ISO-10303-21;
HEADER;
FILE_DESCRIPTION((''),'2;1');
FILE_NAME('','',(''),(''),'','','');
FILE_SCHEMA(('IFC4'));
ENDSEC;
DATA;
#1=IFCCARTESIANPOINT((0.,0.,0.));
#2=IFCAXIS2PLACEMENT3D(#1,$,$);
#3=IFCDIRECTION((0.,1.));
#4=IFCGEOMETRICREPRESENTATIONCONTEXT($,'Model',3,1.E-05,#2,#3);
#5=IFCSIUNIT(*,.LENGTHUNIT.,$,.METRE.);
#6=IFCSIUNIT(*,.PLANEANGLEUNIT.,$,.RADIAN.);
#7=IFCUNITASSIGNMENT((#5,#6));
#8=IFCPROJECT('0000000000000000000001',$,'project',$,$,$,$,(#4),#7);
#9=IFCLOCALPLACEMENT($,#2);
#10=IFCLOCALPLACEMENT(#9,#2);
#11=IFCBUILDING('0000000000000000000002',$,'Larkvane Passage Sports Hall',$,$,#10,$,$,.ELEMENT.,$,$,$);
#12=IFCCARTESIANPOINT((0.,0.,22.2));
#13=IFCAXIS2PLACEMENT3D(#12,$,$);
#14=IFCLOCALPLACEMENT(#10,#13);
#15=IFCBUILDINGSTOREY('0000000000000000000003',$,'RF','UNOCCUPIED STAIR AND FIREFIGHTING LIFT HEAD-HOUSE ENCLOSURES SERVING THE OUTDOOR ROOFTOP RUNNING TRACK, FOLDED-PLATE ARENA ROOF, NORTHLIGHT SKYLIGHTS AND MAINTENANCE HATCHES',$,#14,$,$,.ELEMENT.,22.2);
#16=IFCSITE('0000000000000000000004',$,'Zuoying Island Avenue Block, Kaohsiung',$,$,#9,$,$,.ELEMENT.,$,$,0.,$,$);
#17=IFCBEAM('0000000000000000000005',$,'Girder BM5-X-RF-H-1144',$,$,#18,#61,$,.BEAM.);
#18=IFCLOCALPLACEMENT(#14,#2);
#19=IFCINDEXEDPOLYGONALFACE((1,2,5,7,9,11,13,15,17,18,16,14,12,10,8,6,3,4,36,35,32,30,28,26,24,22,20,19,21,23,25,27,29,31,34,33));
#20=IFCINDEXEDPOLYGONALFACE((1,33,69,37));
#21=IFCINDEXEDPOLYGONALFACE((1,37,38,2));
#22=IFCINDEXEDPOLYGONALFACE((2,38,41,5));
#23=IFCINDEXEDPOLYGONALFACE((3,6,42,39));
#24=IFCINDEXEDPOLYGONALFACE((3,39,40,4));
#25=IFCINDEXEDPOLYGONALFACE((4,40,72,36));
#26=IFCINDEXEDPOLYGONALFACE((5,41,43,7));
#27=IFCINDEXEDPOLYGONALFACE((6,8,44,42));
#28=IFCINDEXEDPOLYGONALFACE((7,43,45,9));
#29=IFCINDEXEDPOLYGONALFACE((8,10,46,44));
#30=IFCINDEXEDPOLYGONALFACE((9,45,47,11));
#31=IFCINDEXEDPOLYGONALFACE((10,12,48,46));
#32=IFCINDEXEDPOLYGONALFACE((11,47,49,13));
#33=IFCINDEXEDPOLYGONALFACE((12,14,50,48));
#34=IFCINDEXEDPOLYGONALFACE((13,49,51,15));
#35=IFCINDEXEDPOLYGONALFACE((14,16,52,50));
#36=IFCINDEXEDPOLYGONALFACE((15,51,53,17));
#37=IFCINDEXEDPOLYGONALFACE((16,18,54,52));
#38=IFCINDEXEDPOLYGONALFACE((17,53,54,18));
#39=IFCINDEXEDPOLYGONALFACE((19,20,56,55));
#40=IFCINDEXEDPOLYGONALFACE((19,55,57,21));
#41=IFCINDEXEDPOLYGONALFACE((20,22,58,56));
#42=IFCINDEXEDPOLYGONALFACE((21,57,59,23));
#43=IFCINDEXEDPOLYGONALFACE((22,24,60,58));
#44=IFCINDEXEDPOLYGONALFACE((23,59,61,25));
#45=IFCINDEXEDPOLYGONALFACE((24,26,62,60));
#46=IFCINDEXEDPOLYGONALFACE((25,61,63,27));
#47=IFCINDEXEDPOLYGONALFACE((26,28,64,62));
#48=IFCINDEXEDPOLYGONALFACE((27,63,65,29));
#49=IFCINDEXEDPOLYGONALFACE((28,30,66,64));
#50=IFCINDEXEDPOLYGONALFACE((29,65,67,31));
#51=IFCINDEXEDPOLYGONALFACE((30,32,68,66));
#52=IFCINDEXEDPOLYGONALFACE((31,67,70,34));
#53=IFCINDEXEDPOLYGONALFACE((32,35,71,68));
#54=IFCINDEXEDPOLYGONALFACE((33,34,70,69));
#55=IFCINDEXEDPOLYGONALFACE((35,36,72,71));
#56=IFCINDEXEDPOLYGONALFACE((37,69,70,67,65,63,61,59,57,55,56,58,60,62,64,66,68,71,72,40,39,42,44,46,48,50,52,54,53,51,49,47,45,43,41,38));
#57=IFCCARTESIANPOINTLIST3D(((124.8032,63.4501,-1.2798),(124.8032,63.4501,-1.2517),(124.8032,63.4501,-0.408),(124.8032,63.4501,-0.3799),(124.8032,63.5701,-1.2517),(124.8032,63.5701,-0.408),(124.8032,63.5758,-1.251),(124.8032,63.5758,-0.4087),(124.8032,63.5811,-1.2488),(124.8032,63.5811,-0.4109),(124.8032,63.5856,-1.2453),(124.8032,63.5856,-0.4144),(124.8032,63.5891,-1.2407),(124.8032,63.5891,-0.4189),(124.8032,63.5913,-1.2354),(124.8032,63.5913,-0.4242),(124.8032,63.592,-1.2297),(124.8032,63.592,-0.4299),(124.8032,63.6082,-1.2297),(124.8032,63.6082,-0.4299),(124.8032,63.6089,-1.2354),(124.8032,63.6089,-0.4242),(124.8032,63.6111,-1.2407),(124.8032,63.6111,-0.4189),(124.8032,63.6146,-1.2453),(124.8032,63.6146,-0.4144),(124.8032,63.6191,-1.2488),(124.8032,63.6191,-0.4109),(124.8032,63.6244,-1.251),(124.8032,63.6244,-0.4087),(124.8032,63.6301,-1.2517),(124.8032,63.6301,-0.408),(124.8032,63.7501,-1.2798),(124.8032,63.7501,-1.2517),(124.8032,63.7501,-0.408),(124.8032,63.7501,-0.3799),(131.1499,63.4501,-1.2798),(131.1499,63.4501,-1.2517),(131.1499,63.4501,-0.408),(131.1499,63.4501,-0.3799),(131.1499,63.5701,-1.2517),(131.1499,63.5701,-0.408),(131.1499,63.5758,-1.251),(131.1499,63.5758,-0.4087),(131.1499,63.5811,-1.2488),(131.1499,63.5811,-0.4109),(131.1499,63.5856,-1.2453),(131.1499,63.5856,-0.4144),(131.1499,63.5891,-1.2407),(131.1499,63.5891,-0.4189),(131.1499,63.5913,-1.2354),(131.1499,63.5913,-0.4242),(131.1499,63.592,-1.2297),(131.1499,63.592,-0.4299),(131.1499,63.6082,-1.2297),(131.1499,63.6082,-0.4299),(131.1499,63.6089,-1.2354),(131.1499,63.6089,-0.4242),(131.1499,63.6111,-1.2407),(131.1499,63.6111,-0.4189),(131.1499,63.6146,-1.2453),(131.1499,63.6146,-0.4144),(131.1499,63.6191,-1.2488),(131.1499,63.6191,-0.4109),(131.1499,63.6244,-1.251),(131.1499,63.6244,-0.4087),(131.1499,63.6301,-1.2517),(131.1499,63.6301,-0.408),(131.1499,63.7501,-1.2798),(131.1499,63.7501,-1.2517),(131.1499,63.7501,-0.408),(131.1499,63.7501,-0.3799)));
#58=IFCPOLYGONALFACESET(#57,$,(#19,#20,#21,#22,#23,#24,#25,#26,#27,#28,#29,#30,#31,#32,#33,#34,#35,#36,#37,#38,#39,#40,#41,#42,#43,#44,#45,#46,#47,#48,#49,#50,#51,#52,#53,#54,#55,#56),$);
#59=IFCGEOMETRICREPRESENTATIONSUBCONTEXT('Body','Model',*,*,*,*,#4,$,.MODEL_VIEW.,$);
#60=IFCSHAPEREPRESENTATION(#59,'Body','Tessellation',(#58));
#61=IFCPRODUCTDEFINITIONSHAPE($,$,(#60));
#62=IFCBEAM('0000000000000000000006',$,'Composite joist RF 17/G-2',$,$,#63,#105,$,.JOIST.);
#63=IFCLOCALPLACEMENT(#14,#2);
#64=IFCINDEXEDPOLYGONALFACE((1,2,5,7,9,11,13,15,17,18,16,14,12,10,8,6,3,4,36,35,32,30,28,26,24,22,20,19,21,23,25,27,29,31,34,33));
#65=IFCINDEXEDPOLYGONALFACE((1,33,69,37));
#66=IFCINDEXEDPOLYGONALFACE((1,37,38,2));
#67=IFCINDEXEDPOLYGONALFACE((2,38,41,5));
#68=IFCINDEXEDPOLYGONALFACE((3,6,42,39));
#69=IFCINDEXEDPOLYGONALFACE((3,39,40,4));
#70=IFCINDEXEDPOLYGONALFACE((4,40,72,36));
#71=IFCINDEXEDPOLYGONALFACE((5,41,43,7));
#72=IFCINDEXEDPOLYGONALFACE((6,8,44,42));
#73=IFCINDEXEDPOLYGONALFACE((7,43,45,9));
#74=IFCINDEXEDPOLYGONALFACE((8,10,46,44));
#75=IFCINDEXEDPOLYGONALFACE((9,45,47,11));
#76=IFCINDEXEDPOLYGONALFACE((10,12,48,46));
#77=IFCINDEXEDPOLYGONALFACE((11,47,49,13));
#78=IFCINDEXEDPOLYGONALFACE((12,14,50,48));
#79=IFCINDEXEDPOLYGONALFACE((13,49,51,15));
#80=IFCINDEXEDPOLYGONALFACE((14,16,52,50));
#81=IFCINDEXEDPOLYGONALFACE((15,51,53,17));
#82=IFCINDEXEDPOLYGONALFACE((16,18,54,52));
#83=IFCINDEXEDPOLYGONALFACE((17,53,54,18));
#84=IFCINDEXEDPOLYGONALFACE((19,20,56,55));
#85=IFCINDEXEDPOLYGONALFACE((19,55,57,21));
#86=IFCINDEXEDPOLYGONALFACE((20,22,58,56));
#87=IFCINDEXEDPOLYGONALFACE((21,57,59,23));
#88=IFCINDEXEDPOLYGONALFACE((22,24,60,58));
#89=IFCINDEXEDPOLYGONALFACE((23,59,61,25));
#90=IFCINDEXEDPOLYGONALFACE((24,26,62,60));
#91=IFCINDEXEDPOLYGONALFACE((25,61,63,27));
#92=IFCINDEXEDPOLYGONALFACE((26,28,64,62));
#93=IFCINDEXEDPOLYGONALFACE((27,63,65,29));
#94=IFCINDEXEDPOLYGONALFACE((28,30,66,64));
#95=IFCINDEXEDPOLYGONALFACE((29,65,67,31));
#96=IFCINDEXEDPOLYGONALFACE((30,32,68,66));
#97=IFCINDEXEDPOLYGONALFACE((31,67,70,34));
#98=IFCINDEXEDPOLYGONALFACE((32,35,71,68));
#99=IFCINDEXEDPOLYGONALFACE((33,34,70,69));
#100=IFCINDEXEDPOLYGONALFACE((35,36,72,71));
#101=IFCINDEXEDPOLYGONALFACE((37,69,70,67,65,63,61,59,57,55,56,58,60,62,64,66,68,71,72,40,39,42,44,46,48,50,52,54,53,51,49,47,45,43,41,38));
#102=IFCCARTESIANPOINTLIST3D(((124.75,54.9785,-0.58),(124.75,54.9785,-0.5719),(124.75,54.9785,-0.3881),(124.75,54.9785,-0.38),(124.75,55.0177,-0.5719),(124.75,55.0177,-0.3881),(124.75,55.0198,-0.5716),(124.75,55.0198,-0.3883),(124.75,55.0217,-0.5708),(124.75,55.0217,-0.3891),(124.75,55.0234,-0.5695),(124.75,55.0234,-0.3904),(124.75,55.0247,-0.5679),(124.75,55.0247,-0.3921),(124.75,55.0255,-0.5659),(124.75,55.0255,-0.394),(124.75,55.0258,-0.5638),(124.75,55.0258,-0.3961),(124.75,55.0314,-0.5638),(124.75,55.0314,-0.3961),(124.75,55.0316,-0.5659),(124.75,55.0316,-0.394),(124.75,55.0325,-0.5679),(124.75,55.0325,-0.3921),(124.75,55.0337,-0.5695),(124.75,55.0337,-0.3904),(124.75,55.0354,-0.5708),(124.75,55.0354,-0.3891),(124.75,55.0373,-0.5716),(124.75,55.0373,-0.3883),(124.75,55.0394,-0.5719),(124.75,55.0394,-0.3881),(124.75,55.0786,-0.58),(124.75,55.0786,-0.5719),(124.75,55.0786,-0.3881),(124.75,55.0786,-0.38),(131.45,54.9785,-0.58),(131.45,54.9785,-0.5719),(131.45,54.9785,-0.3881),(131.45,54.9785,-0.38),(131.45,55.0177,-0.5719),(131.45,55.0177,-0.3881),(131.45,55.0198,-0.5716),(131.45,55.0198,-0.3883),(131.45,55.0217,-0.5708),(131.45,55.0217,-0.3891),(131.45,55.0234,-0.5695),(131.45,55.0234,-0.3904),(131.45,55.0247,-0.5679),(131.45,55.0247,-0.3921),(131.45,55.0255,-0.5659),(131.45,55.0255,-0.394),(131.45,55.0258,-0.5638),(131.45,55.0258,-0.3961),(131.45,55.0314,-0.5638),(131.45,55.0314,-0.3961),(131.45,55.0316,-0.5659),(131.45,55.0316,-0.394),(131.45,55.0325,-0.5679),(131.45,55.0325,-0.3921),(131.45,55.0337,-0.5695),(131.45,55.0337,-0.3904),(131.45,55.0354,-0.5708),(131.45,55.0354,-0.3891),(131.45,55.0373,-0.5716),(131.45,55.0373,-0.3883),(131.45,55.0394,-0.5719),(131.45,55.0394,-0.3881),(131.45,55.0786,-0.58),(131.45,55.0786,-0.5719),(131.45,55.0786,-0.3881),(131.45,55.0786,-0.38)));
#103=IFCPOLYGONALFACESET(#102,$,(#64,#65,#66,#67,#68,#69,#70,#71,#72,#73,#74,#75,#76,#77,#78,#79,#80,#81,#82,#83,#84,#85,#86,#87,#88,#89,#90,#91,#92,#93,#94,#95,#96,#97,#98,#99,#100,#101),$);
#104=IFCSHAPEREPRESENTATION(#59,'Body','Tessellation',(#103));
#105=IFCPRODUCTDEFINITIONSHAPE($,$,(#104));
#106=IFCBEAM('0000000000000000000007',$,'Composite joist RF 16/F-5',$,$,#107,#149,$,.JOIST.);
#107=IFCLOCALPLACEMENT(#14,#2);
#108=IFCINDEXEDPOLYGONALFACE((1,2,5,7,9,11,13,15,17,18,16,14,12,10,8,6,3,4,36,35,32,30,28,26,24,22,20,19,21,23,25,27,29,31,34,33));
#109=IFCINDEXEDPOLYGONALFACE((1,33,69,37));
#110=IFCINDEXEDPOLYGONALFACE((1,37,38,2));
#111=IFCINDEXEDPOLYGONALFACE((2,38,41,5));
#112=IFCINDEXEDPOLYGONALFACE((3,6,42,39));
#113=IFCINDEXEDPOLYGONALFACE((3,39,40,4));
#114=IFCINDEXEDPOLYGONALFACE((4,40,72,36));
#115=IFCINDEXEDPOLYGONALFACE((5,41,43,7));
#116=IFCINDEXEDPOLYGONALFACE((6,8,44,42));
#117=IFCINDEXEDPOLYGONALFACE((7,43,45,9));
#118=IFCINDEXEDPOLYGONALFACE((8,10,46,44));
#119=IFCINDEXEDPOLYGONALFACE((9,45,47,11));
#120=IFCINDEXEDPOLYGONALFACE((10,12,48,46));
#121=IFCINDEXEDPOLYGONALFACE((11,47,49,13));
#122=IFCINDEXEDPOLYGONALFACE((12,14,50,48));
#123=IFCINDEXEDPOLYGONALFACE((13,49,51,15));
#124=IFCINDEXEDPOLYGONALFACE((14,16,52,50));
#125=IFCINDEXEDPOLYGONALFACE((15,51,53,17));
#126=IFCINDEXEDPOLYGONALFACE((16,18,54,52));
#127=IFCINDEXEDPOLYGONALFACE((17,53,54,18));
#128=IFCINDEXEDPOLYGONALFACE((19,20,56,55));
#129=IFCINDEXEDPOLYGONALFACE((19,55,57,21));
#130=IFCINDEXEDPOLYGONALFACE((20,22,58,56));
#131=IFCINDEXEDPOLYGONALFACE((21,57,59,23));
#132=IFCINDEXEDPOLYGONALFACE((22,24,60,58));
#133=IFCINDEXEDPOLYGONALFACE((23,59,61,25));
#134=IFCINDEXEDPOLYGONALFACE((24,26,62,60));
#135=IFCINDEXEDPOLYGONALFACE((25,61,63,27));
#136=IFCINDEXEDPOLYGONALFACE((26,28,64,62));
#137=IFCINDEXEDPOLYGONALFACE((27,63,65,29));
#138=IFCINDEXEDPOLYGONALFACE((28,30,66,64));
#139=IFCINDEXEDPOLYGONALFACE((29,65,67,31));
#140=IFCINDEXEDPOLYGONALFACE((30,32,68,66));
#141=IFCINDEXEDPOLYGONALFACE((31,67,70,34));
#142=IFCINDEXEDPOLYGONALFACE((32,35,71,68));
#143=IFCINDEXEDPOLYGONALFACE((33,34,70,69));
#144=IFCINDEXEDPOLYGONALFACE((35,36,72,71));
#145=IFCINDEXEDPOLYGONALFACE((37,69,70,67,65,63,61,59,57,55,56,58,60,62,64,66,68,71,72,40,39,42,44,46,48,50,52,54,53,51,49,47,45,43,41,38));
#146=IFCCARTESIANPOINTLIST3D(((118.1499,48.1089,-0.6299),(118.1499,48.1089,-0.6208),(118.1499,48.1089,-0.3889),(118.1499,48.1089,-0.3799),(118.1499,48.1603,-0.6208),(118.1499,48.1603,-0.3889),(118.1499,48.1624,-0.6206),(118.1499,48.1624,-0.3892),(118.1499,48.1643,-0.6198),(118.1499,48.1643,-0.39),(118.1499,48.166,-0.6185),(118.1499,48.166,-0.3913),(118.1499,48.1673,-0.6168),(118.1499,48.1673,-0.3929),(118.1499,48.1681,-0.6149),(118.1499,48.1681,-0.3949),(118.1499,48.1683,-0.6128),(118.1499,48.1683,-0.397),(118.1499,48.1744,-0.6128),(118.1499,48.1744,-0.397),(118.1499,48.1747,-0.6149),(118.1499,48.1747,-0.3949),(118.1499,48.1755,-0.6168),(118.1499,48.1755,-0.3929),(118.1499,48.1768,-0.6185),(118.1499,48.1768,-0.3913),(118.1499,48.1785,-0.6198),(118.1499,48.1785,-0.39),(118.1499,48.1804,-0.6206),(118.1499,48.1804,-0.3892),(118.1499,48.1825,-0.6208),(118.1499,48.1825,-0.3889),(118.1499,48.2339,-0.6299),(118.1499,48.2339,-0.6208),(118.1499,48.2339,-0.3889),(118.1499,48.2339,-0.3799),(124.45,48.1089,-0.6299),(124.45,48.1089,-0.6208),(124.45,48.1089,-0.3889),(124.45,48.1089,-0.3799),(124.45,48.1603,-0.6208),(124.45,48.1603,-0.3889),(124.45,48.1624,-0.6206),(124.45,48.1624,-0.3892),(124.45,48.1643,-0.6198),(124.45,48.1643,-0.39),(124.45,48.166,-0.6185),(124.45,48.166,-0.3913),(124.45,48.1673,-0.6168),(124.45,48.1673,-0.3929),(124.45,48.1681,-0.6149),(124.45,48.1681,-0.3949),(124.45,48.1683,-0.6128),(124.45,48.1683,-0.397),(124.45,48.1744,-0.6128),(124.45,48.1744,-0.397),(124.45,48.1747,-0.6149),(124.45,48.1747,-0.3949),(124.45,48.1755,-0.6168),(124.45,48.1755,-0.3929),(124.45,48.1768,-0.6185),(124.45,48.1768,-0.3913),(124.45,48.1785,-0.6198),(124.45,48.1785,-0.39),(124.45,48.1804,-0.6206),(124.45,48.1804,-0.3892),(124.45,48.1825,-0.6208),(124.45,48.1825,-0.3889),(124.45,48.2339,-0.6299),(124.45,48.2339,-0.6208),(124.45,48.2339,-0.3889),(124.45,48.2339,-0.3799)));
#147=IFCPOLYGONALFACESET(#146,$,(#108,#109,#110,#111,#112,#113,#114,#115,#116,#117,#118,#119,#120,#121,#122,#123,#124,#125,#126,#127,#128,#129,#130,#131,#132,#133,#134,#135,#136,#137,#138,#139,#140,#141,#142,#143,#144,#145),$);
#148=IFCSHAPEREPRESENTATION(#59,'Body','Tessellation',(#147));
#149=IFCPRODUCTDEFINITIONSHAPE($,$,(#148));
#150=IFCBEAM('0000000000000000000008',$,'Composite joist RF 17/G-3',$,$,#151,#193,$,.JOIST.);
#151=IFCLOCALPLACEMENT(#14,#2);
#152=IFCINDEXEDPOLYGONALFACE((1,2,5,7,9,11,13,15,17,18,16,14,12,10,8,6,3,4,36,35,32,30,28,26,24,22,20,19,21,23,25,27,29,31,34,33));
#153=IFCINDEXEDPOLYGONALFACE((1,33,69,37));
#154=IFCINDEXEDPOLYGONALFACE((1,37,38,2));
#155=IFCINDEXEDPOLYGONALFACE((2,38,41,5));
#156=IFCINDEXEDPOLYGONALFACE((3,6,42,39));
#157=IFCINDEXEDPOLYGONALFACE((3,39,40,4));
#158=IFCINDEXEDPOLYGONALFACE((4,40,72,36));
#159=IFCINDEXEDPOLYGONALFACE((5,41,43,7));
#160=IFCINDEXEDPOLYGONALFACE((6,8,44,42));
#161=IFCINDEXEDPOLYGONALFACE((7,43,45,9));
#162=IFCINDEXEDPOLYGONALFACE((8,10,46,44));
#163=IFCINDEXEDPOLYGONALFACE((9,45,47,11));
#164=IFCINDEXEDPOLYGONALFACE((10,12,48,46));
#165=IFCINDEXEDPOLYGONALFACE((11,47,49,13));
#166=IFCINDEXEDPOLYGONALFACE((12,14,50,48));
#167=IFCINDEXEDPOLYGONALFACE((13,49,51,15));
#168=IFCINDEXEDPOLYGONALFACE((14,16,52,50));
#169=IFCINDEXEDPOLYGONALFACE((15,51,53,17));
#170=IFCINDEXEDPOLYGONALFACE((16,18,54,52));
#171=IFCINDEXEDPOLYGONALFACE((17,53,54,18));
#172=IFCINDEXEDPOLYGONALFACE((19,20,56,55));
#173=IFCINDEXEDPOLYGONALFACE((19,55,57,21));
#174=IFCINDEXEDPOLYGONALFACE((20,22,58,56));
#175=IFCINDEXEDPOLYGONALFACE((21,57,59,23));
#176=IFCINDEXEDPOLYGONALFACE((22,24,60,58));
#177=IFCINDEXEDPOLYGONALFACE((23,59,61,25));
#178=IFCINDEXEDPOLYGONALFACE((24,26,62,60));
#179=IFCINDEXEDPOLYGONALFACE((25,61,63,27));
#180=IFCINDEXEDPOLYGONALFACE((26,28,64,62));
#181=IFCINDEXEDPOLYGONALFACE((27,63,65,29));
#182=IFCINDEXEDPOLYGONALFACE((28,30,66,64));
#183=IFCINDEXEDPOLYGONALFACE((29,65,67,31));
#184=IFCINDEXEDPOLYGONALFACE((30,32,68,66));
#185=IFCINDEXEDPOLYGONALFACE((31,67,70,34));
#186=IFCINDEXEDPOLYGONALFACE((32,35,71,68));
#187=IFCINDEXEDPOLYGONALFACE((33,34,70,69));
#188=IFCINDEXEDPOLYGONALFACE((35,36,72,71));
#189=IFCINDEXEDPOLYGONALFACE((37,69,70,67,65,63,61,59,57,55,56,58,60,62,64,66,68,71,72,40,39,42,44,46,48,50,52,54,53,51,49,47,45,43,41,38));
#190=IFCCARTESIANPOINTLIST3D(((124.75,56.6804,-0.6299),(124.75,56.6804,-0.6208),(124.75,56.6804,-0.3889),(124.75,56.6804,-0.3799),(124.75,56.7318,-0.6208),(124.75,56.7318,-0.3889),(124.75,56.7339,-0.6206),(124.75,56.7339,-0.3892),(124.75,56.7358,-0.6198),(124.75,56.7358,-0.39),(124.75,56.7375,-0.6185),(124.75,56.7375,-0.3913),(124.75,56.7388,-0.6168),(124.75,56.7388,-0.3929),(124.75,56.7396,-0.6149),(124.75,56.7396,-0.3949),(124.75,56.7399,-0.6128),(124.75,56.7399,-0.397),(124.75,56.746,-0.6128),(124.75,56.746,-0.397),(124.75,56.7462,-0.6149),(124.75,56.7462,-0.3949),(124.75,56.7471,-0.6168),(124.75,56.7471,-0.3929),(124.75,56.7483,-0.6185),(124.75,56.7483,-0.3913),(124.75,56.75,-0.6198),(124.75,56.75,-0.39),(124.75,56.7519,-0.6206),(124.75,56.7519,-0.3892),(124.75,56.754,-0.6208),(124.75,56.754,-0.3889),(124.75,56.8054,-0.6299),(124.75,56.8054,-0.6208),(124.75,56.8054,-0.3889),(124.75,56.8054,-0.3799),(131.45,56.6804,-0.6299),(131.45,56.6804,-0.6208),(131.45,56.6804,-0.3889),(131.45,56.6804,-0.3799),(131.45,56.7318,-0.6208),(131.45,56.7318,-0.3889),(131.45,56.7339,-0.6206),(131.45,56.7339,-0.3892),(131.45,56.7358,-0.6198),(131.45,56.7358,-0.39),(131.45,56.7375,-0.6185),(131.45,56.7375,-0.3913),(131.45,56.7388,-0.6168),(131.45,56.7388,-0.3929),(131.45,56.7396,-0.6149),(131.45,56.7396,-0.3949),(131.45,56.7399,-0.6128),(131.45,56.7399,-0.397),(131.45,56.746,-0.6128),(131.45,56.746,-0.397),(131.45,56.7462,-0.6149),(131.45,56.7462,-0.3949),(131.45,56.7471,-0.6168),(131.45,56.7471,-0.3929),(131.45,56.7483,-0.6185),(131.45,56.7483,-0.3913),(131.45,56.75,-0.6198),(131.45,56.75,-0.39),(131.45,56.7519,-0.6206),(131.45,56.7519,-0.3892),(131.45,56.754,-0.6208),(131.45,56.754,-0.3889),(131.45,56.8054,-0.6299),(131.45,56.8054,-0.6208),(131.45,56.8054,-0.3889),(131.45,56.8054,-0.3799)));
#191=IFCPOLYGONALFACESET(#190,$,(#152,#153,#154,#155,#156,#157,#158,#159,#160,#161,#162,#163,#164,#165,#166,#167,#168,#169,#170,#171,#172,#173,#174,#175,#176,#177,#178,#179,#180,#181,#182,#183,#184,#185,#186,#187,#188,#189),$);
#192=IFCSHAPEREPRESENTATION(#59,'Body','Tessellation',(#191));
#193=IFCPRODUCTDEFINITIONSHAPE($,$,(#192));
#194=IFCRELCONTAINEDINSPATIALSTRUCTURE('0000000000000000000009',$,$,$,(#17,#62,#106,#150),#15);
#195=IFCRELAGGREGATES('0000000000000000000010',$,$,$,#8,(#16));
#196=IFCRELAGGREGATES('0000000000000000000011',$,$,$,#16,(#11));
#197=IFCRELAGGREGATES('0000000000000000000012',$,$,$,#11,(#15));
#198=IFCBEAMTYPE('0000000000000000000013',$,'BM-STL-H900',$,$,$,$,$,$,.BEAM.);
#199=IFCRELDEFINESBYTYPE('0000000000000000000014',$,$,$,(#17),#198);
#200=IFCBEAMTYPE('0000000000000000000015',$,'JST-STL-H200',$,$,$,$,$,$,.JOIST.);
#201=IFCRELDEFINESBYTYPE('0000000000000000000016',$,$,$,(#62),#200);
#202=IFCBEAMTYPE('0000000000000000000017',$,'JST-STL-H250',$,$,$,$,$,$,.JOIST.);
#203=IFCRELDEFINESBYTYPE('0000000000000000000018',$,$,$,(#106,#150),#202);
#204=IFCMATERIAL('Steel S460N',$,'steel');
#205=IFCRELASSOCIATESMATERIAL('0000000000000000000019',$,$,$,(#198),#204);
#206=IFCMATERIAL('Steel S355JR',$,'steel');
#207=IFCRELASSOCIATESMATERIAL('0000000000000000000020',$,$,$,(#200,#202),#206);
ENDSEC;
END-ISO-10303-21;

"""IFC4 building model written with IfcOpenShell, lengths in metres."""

from ifc_helpers import new_model, si_unit, direction, frame, origin, origin_2d, place, context, subcontext, project, spatial, i_section, extrude, material, material_profile, profile_set, type_object, element, save


model = new_model("IFC4")

# Units and contexts
model_context = context("Model", 3, precision=1e-05, world=origin(), true_north=direction((0.0, 1.0)))
body_context = subcontext(model_context, "Body", "Model", "MODEL_VIEW")
ifc_project = project(units=[si_unit("LENGTHUNIT", "METRE"), si_unit("PLANEANGLEUNIT", "RADIAN")], contexts=[model_context])

# Site, building, storey
site_placement = place(None, origin())
site = spatial("IfcSite", under=ifc_project, at=site_placement, Name="Zuoying Island Avenue Block, Kaohsiung", CompositionType="ELEMENT", RefElevation=0.0)
building_placement = place(site_placement, origin())
building = spatial("IfcBuilding", under=site, at=building_placement, Name="Larkvane Passage Sports Hall", CompositionType="ELEMENT")
storey_placement = place(building_placement, frame((0.0, 0.0, 22.2)))
storey = spatial("IfcBuildingStorey", under=building, at=storey_placement, Name="RF", Description="UNOCCUPIED STAIR AND FIREFIGHTING LIFT HEAD-HOUSE ENCLOSURES SERVING THE OUTDOOR ROOFTOP RUNNING TRACK, FOLDED-PLATE ARENA ROOF, NORTHLIGHT SKYLIGHTS AND MAINTENANCE HATCHES", CompositionType="ELEMENT", Elevation=22.2)

# Beams
ifc_material_1 = material(Name="Steel S355JR", Category="steel")
ifc_material_2 = material(Name="Steel S460N", Category="steel")
ifc_material_profile_1 = material_profile(ifc_material_2, i_section(OverallWidth=0.3, OverallDepth=0.8999, WebThickness=0.0161, FlangeThickness=0.0281, FilletRadius=0.022, at=origin_2d()), Name="H-900x300x16x28")
ifc_profile_set_1 = profile_set([ifc_material_profile_1], Name="Steel S460N")
beam_type_1 = type_object("IfcBeamType", Name="BM-STL-H900", PredefinedType="BEAM", material=ifc_profile_set_1)
beam_1_placement = place(storey_placement, frame((124.8032, 63.6001, -0.8298), z_axis=(1.0, 0.0, 0.0), x_axis=(0.0, 1.0, 0.0)))
element("IfcBeam", 1, at=beam_1_placement, inside=storey, type_object=beam_type_1, Name="Girder BM5-X-RF-H-1144", PredefinedType="BEAM", context=body_context, shape_type="SweptSolid", body=[
    extrude(i_section(OverallWidth=0.3, OverallDepth=0.8999, WebThickness=0.0161, FlangeThickness=0.0281, FilletRadius=0.022, at=origin_2d()), origin(), (0.0, 0.0, 1.0), 6.3467),
])
ifc_material_profile_2 = material_profile(ifc_material_1, i_section(OverallWidth=0.1001, OverallDepth=0.2, WebThickness=0.0056, FlangeThickness=0.0081, FilletRadius=0.0081, at=origin_2d()), Name="H-200x100x5.5x8")
ifc_profile_set_2 = profile_set([ifc_material_profile_2], Name="Steel S355JR")
beam_type_2 = type_object("IfcBeamType", Name="JST-STL-H200", PredefinedType="JOIST", material=ifc_profile_set_2)
beam_2_placement = place(storey_placement, frame((124.75, 55.0286, -0.48), z_axis=(1.0, 0.0, 0.0), x_axis=(0.0, 1.0, 0.0)))
element("IfcBeam", 2, at=beam_2_placement, inside=storey, type_object=beam_type_2, Name="Composite joist RF 17/G-2", PredefinedType="JOIST", context=body_context, shape_type="SweptSolid", body=[
    extrude(i_section(OverallWidth=0.1001, OverallDepth=0.2, WebThickness=0.0056, FlangeThickness=0.0081, FilletRadius=0.0081, at=origin_2d()), origin(), (0.0, 0.0, 1.0), 6.7),
])
ifc_material_profile_3 = material_profile(ifc_material_1, i_section(OverallWidth=0.125, OverallDepth=0.25, WebThickness=0.0061, FlangeThickness=0.009, FilletRadius=0.0081, at=origin_2d()), Name="H-250x125x6x9")
ifc_profile_set_3 = profile_set([ifc_material_profile_3], Name="Steel S355JR")
beam_type_3 = type_object("IfcBeamType", Name="JST-STL-H250", PredefinedType="JOIST", material=ifc_profile_set_3)
beam_3_placement = place(storey_placement, frame((118.1499, 48.1714, -0.5049), z_axis=(1.0, 0.0, 0.0), x_axis=(0.0, 1.0, 0.0)))
element("IfcBeam", 3, at=beam_3_placement, inside=storey, type_object=beam_type_3, Name="Composite joist RF 16/F-5", PredefinedType="JOIST", context=body_context, shape_type="SweptSolid", body=[
    extrude(i_section(OverallWidth=0.125, OverallDepth=0.25, WebThickness=0.0061, FlangeThickness=0.009, FilletRadius=0.0081, at=origin_2d()), origin(), (0.0, 0.0, 1.0), 6.3),
])
beam_4_placement = place(storey_placement, frame((124.75, 56.7429, -0.5049), z_axis=(1.0, 0.0, 0.0), x_axis=(0.0, 1.0, 0.0)))
element("IfcBeam", 4, at=beam_4_placement, inside=storey, type_object=beam_type_3, Name="Composite joist RF 17/G-3", PredefinedType="JOIST", context=body_context, shape_type="SweptSolid", body=[
    extrude(i_section(OverallWidth=0.125, OverallDepth=0.25, WebThickness=0.0061, FlangeThickness=0.009, FilletRadius=0.0081, at=origin_2d()), origin(), (0.0, 0.0, 1.0), 6.7),
])

save(model, "model.ifc")
